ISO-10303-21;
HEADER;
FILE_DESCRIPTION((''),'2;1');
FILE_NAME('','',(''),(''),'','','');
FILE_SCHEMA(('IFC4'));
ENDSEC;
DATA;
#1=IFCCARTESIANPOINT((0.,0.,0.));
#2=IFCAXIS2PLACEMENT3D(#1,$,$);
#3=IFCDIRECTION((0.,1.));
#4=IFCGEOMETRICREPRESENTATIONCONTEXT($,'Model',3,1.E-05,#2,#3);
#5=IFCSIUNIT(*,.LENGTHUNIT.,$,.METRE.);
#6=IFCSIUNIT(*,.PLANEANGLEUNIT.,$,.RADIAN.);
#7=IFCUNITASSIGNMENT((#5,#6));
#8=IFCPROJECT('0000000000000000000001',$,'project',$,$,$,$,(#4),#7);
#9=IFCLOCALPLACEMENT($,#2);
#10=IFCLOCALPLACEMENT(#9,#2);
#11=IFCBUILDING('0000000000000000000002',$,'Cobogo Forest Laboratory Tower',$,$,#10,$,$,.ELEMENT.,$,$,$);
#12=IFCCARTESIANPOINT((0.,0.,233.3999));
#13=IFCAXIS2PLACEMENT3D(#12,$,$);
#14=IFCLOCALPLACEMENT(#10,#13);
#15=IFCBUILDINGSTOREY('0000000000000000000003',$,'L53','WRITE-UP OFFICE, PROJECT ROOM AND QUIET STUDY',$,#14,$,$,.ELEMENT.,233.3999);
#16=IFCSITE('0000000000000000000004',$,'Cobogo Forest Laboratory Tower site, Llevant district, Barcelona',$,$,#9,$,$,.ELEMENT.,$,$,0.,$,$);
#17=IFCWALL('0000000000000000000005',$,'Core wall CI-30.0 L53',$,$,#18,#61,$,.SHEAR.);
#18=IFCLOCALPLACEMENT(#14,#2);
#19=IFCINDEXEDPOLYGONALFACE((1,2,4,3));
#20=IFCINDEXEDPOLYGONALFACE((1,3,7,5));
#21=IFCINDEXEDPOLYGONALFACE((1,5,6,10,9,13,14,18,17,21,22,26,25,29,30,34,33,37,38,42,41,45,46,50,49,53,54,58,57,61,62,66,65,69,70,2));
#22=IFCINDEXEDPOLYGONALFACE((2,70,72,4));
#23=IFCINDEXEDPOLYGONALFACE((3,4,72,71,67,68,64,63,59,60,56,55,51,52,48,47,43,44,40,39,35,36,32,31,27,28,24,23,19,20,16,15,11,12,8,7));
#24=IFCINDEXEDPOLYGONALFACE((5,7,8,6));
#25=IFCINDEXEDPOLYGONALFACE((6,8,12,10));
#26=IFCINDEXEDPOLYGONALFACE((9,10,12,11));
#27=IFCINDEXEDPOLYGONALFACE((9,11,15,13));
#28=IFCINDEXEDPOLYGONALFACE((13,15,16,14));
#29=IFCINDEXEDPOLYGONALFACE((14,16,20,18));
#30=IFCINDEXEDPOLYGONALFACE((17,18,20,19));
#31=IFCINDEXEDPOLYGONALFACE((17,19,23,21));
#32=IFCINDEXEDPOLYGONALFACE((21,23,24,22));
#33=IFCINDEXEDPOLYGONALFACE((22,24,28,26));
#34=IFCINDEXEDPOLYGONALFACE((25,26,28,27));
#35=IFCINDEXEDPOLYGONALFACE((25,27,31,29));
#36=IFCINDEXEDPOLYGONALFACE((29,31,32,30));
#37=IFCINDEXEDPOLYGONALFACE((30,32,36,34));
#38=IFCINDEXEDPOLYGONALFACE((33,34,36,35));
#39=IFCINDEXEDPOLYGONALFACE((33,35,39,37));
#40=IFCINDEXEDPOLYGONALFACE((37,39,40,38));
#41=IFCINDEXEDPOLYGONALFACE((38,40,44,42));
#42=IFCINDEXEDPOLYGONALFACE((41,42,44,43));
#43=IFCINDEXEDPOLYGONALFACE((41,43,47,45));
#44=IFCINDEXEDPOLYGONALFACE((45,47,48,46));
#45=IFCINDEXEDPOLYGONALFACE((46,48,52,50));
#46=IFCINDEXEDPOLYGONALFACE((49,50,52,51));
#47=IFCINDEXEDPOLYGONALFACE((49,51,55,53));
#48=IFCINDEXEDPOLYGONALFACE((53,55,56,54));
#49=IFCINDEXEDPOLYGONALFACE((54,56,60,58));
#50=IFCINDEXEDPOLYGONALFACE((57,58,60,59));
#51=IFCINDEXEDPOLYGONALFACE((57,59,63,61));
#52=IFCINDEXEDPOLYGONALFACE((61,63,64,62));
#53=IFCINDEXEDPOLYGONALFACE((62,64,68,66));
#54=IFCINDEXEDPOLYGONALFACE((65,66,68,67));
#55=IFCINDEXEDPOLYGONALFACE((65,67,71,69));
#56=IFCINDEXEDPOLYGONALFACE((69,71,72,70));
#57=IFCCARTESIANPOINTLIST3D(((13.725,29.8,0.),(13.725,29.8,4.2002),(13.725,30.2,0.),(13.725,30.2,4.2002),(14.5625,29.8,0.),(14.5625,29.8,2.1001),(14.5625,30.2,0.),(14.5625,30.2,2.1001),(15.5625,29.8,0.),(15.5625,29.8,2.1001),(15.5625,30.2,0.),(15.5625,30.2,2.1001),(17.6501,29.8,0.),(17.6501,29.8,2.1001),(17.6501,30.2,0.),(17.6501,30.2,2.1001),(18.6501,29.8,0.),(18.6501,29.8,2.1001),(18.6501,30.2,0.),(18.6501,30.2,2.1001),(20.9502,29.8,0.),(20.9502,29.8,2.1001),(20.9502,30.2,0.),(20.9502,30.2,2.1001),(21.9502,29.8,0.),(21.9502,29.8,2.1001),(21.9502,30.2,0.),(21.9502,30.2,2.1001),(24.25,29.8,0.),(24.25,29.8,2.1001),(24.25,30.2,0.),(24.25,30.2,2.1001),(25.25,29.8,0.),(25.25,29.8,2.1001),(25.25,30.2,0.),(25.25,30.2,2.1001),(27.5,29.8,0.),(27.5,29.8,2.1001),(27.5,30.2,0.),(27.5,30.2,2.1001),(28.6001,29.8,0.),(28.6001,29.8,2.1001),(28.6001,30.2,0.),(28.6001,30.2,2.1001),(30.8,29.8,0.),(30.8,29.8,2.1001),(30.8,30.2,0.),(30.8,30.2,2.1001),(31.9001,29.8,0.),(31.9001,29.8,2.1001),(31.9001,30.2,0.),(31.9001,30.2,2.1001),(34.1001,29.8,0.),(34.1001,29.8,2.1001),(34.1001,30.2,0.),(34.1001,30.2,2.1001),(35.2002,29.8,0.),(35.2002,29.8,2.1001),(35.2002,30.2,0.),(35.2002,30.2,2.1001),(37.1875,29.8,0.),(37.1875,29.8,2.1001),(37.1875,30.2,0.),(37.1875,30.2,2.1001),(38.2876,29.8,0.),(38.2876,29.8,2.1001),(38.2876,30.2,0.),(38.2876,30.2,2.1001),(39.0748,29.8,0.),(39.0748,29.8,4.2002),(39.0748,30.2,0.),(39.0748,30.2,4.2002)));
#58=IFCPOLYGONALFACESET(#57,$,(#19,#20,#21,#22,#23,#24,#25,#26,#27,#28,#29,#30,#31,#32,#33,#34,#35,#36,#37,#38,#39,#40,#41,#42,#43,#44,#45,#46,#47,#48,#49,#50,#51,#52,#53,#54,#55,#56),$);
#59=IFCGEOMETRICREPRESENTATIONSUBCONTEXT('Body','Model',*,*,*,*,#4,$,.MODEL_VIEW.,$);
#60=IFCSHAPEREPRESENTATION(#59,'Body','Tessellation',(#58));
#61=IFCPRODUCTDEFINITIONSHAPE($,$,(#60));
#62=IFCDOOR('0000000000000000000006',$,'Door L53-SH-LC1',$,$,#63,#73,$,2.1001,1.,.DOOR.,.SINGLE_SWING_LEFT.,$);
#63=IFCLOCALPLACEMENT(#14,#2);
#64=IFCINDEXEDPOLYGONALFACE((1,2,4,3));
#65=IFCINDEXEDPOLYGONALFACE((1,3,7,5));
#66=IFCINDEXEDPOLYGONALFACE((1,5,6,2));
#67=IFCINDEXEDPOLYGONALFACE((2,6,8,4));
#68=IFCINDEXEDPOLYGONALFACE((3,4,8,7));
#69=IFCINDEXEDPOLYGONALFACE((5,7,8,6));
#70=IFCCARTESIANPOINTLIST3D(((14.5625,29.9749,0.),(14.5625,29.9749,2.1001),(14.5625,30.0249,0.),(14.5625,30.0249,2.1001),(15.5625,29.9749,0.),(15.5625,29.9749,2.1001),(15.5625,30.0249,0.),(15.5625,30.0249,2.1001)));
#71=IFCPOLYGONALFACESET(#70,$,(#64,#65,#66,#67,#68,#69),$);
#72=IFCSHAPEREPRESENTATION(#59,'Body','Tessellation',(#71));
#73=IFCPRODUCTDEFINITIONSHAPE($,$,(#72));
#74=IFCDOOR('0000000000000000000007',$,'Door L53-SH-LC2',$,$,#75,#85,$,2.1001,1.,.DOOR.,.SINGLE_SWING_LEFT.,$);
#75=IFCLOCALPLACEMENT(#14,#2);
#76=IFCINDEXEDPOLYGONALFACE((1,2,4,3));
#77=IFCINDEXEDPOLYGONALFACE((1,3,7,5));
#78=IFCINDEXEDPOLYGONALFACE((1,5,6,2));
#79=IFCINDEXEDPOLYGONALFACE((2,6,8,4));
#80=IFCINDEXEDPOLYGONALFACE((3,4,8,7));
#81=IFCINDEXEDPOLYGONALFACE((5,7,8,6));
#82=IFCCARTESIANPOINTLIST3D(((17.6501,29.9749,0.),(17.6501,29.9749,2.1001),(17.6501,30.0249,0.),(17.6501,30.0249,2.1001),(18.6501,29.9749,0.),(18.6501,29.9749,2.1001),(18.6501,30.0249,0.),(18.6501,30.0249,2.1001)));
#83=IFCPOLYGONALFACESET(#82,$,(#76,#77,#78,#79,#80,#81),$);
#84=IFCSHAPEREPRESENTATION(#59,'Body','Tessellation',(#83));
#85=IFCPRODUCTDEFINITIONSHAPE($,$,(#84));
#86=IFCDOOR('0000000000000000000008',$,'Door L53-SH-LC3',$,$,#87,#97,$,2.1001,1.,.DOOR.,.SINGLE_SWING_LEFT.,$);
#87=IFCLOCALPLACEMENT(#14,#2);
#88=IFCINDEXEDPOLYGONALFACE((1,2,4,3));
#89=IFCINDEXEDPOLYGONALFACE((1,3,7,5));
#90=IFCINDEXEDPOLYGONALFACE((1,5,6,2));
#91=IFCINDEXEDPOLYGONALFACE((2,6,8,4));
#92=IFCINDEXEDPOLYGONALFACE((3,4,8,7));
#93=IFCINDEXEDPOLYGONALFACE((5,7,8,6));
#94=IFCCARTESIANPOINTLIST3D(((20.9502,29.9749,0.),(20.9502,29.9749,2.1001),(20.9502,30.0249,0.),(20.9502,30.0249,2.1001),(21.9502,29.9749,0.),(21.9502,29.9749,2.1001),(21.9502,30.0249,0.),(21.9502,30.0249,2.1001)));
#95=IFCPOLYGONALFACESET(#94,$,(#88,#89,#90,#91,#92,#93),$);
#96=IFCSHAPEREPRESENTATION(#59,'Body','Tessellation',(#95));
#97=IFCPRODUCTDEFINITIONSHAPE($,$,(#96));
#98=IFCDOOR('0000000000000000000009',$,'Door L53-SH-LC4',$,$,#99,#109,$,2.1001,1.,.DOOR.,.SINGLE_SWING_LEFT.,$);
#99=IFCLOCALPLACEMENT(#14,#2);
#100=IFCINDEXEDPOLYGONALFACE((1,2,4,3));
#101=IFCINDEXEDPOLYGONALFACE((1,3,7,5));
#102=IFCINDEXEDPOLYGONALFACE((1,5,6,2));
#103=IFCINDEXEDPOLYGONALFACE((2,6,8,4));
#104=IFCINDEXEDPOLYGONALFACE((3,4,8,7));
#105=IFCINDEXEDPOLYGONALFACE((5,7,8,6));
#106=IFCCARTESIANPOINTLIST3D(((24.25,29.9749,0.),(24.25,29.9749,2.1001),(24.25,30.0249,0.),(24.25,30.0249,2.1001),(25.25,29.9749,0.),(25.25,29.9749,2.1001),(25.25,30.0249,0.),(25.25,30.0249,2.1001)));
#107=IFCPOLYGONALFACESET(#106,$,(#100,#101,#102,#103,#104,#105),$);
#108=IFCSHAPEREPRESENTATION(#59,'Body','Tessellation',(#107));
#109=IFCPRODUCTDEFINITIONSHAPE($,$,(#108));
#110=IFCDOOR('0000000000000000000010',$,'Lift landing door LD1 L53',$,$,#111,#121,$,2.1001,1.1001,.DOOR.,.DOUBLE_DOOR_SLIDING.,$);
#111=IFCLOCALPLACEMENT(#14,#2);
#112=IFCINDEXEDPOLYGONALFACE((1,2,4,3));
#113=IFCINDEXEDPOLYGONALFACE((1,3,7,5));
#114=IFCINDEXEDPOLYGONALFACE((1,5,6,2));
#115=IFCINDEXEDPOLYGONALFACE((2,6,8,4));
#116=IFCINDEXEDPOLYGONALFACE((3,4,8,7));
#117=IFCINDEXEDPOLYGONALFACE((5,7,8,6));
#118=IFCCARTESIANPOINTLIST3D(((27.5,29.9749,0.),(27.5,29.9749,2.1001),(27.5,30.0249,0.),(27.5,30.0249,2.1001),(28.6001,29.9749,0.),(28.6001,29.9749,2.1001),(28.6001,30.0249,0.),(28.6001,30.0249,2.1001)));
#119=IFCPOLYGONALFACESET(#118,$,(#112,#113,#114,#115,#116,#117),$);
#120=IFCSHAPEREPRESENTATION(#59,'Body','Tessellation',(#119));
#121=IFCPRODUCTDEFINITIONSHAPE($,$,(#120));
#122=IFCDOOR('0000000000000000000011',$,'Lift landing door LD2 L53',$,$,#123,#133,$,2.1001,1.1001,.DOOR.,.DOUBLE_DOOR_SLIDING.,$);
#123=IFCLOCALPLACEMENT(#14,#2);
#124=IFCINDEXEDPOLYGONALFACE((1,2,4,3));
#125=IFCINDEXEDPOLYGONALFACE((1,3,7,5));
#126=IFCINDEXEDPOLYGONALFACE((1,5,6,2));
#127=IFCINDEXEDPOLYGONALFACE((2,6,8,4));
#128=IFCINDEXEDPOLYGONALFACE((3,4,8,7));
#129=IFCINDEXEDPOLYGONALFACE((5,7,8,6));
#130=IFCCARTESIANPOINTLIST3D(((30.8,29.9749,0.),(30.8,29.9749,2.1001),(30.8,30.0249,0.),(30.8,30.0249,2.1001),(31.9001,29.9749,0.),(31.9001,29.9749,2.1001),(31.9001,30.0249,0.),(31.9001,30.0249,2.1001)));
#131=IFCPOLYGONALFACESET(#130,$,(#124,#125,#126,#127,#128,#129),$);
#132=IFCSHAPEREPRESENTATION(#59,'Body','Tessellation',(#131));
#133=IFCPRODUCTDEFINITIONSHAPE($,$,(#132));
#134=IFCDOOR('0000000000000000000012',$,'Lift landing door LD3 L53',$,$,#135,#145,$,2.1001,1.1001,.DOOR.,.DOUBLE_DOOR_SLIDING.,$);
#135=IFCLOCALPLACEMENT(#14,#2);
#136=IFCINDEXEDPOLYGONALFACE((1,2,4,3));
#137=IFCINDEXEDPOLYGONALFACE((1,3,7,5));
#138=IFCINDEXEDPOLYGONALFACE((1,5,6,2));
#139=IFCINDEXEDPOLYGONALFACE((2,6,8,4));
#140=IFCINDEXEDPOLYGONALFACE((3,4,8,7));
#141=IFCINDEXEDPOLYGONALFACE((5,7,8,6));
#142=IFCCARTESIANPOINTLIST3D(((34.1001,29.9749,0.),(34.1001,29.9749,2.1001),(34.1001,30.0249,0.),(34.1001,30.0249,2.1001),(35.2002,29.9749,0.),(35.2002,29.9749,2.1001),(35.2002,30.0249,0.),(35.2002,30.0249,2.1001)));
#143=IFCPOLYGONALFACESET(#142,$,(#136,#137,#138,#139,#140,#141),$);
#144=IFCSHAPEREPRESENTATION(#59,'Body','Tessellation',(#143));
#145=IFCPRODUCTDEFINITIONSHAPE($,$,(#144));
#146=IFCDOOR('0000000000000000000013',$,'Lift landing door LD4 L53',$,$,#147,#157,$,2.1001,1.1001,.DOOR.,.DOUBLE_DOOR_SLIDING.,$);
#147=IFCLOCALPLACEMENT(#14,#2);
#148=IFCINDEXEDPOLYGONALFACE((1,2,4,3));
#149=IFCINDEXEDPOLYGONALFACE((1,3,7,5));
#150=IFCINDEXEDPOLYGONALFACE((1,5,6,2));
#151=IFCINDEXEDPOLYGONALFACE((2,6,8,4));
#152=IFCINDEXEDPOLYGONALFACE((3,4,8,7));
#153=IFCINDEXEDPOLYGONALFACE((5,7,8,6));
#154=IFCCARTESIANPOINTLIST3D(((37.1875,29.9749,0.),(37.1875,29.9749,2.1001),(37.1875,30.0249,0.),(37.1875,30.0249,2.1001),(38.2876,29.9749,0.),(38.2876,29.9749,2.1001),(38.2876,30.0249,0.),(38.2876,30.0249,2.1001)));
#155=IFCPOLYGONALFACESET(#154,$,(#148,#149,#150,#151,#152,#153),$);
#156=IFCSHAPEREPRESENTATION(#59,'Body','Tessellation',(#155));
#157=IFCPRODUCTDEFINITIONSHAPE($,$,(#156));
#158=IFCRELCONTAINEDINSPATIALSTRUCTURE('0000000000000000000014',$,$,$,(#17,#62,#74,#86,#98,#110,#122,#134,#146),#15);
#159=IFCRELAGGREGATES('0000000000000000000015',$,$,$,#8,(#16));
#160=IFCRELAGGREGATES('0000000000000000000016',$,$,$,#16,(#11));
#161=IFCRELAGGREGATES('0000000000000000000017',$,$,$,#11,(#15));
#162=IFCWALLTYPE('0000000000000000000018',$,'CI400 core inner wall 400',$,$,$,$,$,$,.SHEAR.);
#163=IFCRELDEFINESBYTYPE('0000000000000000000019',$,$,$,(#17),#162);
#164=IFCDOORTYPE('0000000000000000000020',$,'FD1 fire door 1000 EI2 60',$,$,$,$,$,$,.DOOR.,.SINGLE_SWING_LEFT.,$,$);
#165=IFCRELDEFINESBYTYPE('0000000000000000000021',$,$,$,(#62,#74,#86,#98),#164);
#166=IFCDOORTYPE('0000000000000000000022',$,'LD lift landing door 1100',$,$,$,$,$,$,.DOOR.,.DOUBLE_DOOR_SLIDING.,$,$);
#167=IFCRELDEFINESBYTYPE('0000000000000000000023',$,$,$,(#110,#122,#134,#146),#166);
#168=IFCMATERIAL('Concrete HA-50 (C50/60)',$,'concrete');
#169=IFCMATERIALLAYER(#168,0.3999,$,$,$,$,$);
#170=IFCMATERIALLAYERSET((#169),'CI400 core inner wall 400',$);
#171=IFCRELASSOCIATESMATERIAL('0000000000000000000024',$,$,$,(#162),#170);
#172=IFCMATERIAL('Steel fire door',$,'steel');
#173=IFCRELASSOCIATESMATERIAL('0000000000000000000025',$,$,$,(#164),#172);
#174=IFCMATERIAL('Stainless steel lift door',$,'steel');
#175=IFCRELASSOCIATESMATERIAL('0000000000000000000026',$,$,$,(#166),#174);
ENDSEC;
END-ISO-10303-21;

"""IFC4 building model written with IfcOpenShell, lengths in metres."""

from ifc_helpers import new_model, si_unit, direction, frame, frame_2d, origin, place, context, subcontext, project, spatial, rectangle, extrude, material, layer, layer_set, type_object, element, fill, save


model = new_model("IFC4")

# Units and contexts
model_context = context("Model", 3, precision=1e-05, world=origin(), true_north=direction((0.0, 1.0)))
body_context = subcontext(model_context, "Body", "Model", "MODEL_VIEW")
ifc_project = project(units=[si_unit("LENGTHUNIT", "METRE"), si_unit("PLANEANGLEUNIT", "RADIAN")], contexts=[model_context])

# Site, building, storey
site_placement = place(None, origin())
site = spatial("IfcSite", under=ifc_project, at=site_placement, Name="Cobogo Forest Laboratory Tower site, Llevant district, Barcelona", CompositionType="ELEMENT", RefElevation=0.0)
building_placement = place(site_placement, origin())
building = spatial("IfcBuilding", under=site, at=building_placement, Name="Cobogo Forest Laboratory Tower", CompositionType="ELEMENT")
storey_placement = place(building_placement, frame((0.0, 0.0, 233.3999)))
storey = spatial("IfcBuildingStorey", under=building, at=storey_placement, Name="L53", Description="WRITE-UP OFFICE, PROJECT ROOM AND QUIET STUDY", CompositionType="ELEMENT", Elevation=233.3999)

# Wall, openings, doors
ifc_material_1 = material(Name="Concrete HA-50 (C50/60)", Category="concrete")
ifc_layer_1 = layer(ifc_material_1, 0.3999)
ifc_layer_set_1 = layer_set([ifc_layer_1], Name="CI400 core inner wall 400")
wall_type_1 = type_object("IfcWallType", Name="CI400 core inner wall 400", PredefinedType="SHEAR", material=ifc_layer_set_1)
wall_1_placement = place(storey_placement, frame((13.7251, 30.0, 0.0), z_axis=(0.0, 0.0, 1.0), x_axis=(1.0, 0.0, 0.0)))
wall_1 = element("IfcWall", 1, at=wall_1_placement, inside=storey, type_object=wall_type_1, Name="Core wall CI-30.0 L53", PredefinedType="SHEAR", context=body_context, shape_type="SweptSolid", body=[
    extrude(rectangle(XDim=25.3499, YDim=0.3999, at=frame_2d((12.6748, 0.0))), origin(), (0.0, 0.0, 1.0), 4.2002),
])
opening_1_placement = place(wall_1_placement, frame((0.8374, 0.0, 0.0)))
opening_1 = element("IfcOpeningElement", 2, at=opening_1_placement, cuts=wall_1, PredefinedType="OPENING", context=body_context, shape_type="SweptSolid", body=[
    extrude(rectangle(XDim=1.0, YDim=2.1001, at=frame_2d((0.5, 1.05))), frame((0.0, 0.21, 0.0), z_axis=(0.0, -1.0, 0.0), x_axis=(1.0, 0.0, 0.0)), (0.0, 0.0, 1.0), 0.4199),
])
opening_2_placement = place(wall_1_placement, frame((3.925, 0.0, 0.0)))
opening_2 = element("IfcOpeningElement", 3, at=opening_2_placement, cuts=wall_1, PredefinedType="OPENING", context=body_context, shape_type="SweptSolid", body=[
    extrude(rectangle(XDim=1.0, YDim=2.1001, at=frame_2d((0.5, 1.05))), frame((0.0, 0.21, 0.0), z_axis=(0.0, -1.0, 0.0), x_axis=(1.0, 0.0, 0.0)), (0.0, 0.0, 1.0), 0.4199),
])
opening_3_placement = place(wall_1_placement, frame((7.2251, 0.0, 0.0)))
opening_3 = element("IfcOpeningElement", 4, at=opening_3_placement, cuts=wall_1, PredefinedType="OPENING", context=body_context, shape_type="SweptSolid", body=[
    extrude(rectangle(XDim=1.0, YDim=2.1001, at=frame_2d((0.5, 1.05))), frame((0.0, 0.21, 0.0), z_axis=(0.0, -1.0, 0.0), x_axis=(1.0, 0.0, 0.0)), (0.0, 0.0, 1.0), 0.4199),
])
opening_4_placement = place(wall_1_placement, frame((10.5249, 0.0, 0.0)))
opening_4 = element("IfcOpeningElement", 5, at=opening_4_placement, cuts=wall_1, PredefinedType="OPENING", context=body_context, shape_type="SweptSolid", body=[
    extrude(rectangle(XDim=1.0, YDim=2.1001, at=frame_2d((0.5, 1.05))), frame((0.0, 0.21, 0.0), z_axis=(0.0, -1.0, 0.0), x_axis=(1.0, 0.0, 0.0)), (0.0, 0.0, 1.0), 0.4199),
])
opening_5_placement = place(wall_1_placement, frame((13.7749, 0.0, 0.0)))
opening_5 = element("IfcOpeningElement", 6, at=opening_5_placement, cuts=wall_1, PredefinedType="OPENING", context=body_context, shape_type="SweptSolid", body=[
    extrude(rectangle(XDim=1.1001, YDim=2.1001, at=frame_2d((0.55, 1.05))), frame((0.0, 0.21, 0.0), z_axis=(0.0, -1.0, 0.0), x_axis=(1.0, 0.0, 0.0)), (0.0, 0.0, 1.0), 0.4199),
])
opening_6_placement = place(wall_1_placement, frame((17.075, 0.0, 0.0)))
opening_6 = element("IfcOpeningElement", 7, at=opening_6_placement, cuts=wall_1, PredefinedType="OPENING", context=body_context, shape_type="SweptSolid", body=[
    extrude(rectangle(XDim=1.1001, YDim=2.1001, at=frame_2d((0.55, 1.05))), frame((0.0, 0.21, 0.0), z_axis=(0.0, -1.0, 0.0), x_axis=(1.0, 0.0, 0.0)), (0.0, 0.0, 1.0), 0.4199),
])
opening_7_placement = place(wall_1_placement, frame((20.375, 0.0, 0.0)))
opening_7 = element("IfcOpeningElement", 8, at=opening_7_placement, cuts=wall_1, PredefinedType="OPENING", context=body_context, shape_type="SweptSolid", body=[
    extrude(rectangle(XDim=1.1001, YDim=2.1001, at=frame_2d((0.55, 1.05))), frame((0.0, 0.21, 0.0), z_axis=(0.0, -1.0, 0.0), x_axis=(1.0, 0.0, 0.0)), (0.0, 0.0, 1.0), 0.4199),
])
opening_8_placement = place(wall_1_placement, frame((23.4624, 0.0, 0.0)))
opening_8 = element("IfcOpeningElement", 9, at=opening_8_placement, cuts=wall_1, PredefinedType="OPENING", context=body_context, shape_type="SweptSolid", body=[
    extrude(rectangle(XDim=1.1001, YDim=2.1001, at=frame_2d((0.55, 1.05))), frame((0.0, 0.21, 0.0), z_axis=(0.0, -1.0, 0.0), x_axis=(1.0, 0.0, 0.0)), (0.0, 0.0, 1.0), 0.4199),
])
ifc_material_2 = material(Name="Steel fire door", Category="steel")
door_type_1 = type_object("IfcDoorType", Name="FD1 fire door 1000 EI2 60", OperationType="SINGLE_SWING_LEFT", PredefinedType="DOOR", material=ifc_material_2)
door_1_placement = place(opening_1_placement, origin())
door_1 = element("IfcDoor", 10, at=door_1_placement, inside=storey, type_object=door_type_1, Name="Door L53-SH-LC1", OperationType="SINGLE_SWING_LEFT", OverallHeight=2.1001, OverallWidth=1.0, PredefinedType="DOOR", context=body_context, shape_type="SweptSolid", body=[
    extrude(rectangle(XDim=1.0, YDim=2.1001, at=frame_2d((0.5, 1.05))), frame((0.0, 0.0249, 0.0), z_axis=(0.0, -1.0, 0.0), x_axis=(1.0, 0.0, 0.0)), (0.0, 0.0, 1.0), 0.05),
])
fill(opening_1, door_1)
door_2_placement = place(opening_2_placement, origin())
door_2 = element("IfcDoor", 11, at=door_2_placement, inside=storey, type_object=door_type_1, Name="Door L53-SH-LC2", OperationType="SINGLE_SWING_LEFT", OverallHeight=2.1001, OverallWidth=1.0, PredefinedType="DOOR", context=body_context, shape_type="SweptSolid", body=[
    extrude(rectangle(XDim=1.0, YDim=2.1001, at=frame_2d((0.5, 1.05))), frame((0.0, 0.0249, 0.0), z_axis=(0.0, -1.0, 0.0), x_axis=(1.0, 0.0, 0.0)), (0.0, 0.0, 1.0), 0.05),
])
fill(opening_2, door_2)
door_3_placement = place(opening_3_placement, origin())
door_3 = element("IfcDoor", 12, at=door_3_placement, inside=storey, type_object=door_type_1, Name="Door L53-SH-LC3", OperationType="SINGLE_SWING_LEFT", OverallHeight=2.1001, OverallWidth=1.0, PredefinedType="DOOR", context=body_context, shape_type="SweptSolid", body=[
    extrude(rectangle(XDim=1.0, YDim=2.1001, at=frame_2d((0.5, 1.05))), frame((0.0, 0.0249, 0.0), z_axis=(0.0, -1.0, 0.0), x_axis=(1.0, 0.0, 0.0)), (0.0, 0.0, 1.0), 0.05),
])
fill(opening_3, door_3)
door_4_placement = place(opening_4_placement, origin())
door_4 = element("IfcDoor", 13, at=door_4_placement, inside=storey, type_object=door_type_1, Name="Door L53-SH-LC4", OperationType="SINGLE_SWING_LEFT", OverallHeight=2.1001, OverallWidth=1.0, PredefinedType="DOOR", context=body_context, shape_type="SweptSolid", body=[
    extrude(rectangle(XDim=1.0, YDim=2.1001, at=frame_2d((0.5, 1.05))), frame((0.0, 0.0249, 0.0), z_axis=(0.0, -1.0, 0.0), x_axis=(1.0, 0.0, 0.0)), (0.0, 0.0, 1.0), 0.05),
])
fill(opening_4, door_4)
ifc_material_3 = material(Name="Stainless steel lift door", Category="steel")
door_type_2 = type_object("IfcDoorType", Name="LD lift landing door 1100", OperationType="DOUBLE_DOOR_SLIDING", PredefinedType="DOOR", material=ifc_material_3)
door_5_placement = place(opening_5_placement, origin())
door_5 = element("IfcDoor", 14, at=door_5_placement, inside=storey, type_object=door_type_2, Name="Lift landing door LD1 L53", OperationType="DOUBLE_DOOR_SLIDING", OverallHeight=2.1001, OverallWidth=1.1001, PredefinedType="DOOR", context=body_context, shape_type="SweptSolid", body=[
    extrude(rectangle(XDim=1.1001, YDim=2.1001, at=frame_2d((0.55, 1.05))), frame((0.0, 0.0249, 0.0), z_axis=(0.0, -1.0, 0.0), x_axis=(1.0, 0.0, 0.0)), (0.0, 0.0, 1.0), 0.05),
])
fill(opening_5, door_5)
door_6_placement = place(opening_6_placement, origin())
door_6 = element("IfcDoor", 15, at=door_6_placement, inside=storey, type_object=door_type_2, Name="Lift landing door LD2 L53", OperationType="DOUBLE_DOOR_SLIDING", OverallHeight=2.1001, OverallWidth=1.1001, PredefinedType="DOOR", context=body_context, shape_type="SweptSolid", body=[
    extrude(rectangle(XDim=1.1001, YDim=2.1001, at=frame_2d((0.55, 1.05))), frame((0.0, 0.0249, 0.0), z_axis=(0.0, -1.0, 0.0), x_axis=(1.0, 0.0, 0.0)), (0.0, 0.0, 1.0), 0.05),
])
fill(opening_6, door_6)
door_7_placement = place(opening_7_placement, origin())
door_7 = element("IfcDoor", 16, at=door_7_placement, inside=storey, type_object=door_type_2, Name="Lift landing door LD3 L53", OperationType="DOUBLE_DOOR_SLIDING", OverallHeight=2.1001, OverallWidth=1.1001, PredefinedType="DOOR", context=body_context, shape_type="SweptSolid", body=[
    extrude(rectangle(XDim=1.1001, YDim=2.1001, at=frame_2d((0.55, 1.05))), frame((0.0, 0.0249, 0.0), z_axis=(0.0, -1.0, 0.0), x_axis=(1.0, 0.0, 0.0)), (0.0, 0.0, 1.0), 0.05),
])
fill(opening_7, door_7)
door_8_placement = place(opening_8_placement, origin())
door_8 = element("IfcDoor", 17, at=door_8_placement, inside=storey, type_object=door_type_2, Name="Lift landing door LD4 L53", OperationType="DOUBLE_DOOR_SLIDING", OverallHeight=2.1001, OverallWidth=1.1001, PredefinedType="DOOR", context=body_context, shape_type="SweptSolid", body=[
    extrude(rectangle(XDim=1.1001, YDim=2.1001, at=frame_2d((0.55, 1.05))), frame((0.0, 0.0249, 0.0), z_axis=(0.0, -1.0, 0.0), x_axis=(1.0, 0.0, 0.0)), (0.0, 0.0, 1.0), 0.05),
])
fill(opening_8, door_8)

save(model, "model.ifc")
